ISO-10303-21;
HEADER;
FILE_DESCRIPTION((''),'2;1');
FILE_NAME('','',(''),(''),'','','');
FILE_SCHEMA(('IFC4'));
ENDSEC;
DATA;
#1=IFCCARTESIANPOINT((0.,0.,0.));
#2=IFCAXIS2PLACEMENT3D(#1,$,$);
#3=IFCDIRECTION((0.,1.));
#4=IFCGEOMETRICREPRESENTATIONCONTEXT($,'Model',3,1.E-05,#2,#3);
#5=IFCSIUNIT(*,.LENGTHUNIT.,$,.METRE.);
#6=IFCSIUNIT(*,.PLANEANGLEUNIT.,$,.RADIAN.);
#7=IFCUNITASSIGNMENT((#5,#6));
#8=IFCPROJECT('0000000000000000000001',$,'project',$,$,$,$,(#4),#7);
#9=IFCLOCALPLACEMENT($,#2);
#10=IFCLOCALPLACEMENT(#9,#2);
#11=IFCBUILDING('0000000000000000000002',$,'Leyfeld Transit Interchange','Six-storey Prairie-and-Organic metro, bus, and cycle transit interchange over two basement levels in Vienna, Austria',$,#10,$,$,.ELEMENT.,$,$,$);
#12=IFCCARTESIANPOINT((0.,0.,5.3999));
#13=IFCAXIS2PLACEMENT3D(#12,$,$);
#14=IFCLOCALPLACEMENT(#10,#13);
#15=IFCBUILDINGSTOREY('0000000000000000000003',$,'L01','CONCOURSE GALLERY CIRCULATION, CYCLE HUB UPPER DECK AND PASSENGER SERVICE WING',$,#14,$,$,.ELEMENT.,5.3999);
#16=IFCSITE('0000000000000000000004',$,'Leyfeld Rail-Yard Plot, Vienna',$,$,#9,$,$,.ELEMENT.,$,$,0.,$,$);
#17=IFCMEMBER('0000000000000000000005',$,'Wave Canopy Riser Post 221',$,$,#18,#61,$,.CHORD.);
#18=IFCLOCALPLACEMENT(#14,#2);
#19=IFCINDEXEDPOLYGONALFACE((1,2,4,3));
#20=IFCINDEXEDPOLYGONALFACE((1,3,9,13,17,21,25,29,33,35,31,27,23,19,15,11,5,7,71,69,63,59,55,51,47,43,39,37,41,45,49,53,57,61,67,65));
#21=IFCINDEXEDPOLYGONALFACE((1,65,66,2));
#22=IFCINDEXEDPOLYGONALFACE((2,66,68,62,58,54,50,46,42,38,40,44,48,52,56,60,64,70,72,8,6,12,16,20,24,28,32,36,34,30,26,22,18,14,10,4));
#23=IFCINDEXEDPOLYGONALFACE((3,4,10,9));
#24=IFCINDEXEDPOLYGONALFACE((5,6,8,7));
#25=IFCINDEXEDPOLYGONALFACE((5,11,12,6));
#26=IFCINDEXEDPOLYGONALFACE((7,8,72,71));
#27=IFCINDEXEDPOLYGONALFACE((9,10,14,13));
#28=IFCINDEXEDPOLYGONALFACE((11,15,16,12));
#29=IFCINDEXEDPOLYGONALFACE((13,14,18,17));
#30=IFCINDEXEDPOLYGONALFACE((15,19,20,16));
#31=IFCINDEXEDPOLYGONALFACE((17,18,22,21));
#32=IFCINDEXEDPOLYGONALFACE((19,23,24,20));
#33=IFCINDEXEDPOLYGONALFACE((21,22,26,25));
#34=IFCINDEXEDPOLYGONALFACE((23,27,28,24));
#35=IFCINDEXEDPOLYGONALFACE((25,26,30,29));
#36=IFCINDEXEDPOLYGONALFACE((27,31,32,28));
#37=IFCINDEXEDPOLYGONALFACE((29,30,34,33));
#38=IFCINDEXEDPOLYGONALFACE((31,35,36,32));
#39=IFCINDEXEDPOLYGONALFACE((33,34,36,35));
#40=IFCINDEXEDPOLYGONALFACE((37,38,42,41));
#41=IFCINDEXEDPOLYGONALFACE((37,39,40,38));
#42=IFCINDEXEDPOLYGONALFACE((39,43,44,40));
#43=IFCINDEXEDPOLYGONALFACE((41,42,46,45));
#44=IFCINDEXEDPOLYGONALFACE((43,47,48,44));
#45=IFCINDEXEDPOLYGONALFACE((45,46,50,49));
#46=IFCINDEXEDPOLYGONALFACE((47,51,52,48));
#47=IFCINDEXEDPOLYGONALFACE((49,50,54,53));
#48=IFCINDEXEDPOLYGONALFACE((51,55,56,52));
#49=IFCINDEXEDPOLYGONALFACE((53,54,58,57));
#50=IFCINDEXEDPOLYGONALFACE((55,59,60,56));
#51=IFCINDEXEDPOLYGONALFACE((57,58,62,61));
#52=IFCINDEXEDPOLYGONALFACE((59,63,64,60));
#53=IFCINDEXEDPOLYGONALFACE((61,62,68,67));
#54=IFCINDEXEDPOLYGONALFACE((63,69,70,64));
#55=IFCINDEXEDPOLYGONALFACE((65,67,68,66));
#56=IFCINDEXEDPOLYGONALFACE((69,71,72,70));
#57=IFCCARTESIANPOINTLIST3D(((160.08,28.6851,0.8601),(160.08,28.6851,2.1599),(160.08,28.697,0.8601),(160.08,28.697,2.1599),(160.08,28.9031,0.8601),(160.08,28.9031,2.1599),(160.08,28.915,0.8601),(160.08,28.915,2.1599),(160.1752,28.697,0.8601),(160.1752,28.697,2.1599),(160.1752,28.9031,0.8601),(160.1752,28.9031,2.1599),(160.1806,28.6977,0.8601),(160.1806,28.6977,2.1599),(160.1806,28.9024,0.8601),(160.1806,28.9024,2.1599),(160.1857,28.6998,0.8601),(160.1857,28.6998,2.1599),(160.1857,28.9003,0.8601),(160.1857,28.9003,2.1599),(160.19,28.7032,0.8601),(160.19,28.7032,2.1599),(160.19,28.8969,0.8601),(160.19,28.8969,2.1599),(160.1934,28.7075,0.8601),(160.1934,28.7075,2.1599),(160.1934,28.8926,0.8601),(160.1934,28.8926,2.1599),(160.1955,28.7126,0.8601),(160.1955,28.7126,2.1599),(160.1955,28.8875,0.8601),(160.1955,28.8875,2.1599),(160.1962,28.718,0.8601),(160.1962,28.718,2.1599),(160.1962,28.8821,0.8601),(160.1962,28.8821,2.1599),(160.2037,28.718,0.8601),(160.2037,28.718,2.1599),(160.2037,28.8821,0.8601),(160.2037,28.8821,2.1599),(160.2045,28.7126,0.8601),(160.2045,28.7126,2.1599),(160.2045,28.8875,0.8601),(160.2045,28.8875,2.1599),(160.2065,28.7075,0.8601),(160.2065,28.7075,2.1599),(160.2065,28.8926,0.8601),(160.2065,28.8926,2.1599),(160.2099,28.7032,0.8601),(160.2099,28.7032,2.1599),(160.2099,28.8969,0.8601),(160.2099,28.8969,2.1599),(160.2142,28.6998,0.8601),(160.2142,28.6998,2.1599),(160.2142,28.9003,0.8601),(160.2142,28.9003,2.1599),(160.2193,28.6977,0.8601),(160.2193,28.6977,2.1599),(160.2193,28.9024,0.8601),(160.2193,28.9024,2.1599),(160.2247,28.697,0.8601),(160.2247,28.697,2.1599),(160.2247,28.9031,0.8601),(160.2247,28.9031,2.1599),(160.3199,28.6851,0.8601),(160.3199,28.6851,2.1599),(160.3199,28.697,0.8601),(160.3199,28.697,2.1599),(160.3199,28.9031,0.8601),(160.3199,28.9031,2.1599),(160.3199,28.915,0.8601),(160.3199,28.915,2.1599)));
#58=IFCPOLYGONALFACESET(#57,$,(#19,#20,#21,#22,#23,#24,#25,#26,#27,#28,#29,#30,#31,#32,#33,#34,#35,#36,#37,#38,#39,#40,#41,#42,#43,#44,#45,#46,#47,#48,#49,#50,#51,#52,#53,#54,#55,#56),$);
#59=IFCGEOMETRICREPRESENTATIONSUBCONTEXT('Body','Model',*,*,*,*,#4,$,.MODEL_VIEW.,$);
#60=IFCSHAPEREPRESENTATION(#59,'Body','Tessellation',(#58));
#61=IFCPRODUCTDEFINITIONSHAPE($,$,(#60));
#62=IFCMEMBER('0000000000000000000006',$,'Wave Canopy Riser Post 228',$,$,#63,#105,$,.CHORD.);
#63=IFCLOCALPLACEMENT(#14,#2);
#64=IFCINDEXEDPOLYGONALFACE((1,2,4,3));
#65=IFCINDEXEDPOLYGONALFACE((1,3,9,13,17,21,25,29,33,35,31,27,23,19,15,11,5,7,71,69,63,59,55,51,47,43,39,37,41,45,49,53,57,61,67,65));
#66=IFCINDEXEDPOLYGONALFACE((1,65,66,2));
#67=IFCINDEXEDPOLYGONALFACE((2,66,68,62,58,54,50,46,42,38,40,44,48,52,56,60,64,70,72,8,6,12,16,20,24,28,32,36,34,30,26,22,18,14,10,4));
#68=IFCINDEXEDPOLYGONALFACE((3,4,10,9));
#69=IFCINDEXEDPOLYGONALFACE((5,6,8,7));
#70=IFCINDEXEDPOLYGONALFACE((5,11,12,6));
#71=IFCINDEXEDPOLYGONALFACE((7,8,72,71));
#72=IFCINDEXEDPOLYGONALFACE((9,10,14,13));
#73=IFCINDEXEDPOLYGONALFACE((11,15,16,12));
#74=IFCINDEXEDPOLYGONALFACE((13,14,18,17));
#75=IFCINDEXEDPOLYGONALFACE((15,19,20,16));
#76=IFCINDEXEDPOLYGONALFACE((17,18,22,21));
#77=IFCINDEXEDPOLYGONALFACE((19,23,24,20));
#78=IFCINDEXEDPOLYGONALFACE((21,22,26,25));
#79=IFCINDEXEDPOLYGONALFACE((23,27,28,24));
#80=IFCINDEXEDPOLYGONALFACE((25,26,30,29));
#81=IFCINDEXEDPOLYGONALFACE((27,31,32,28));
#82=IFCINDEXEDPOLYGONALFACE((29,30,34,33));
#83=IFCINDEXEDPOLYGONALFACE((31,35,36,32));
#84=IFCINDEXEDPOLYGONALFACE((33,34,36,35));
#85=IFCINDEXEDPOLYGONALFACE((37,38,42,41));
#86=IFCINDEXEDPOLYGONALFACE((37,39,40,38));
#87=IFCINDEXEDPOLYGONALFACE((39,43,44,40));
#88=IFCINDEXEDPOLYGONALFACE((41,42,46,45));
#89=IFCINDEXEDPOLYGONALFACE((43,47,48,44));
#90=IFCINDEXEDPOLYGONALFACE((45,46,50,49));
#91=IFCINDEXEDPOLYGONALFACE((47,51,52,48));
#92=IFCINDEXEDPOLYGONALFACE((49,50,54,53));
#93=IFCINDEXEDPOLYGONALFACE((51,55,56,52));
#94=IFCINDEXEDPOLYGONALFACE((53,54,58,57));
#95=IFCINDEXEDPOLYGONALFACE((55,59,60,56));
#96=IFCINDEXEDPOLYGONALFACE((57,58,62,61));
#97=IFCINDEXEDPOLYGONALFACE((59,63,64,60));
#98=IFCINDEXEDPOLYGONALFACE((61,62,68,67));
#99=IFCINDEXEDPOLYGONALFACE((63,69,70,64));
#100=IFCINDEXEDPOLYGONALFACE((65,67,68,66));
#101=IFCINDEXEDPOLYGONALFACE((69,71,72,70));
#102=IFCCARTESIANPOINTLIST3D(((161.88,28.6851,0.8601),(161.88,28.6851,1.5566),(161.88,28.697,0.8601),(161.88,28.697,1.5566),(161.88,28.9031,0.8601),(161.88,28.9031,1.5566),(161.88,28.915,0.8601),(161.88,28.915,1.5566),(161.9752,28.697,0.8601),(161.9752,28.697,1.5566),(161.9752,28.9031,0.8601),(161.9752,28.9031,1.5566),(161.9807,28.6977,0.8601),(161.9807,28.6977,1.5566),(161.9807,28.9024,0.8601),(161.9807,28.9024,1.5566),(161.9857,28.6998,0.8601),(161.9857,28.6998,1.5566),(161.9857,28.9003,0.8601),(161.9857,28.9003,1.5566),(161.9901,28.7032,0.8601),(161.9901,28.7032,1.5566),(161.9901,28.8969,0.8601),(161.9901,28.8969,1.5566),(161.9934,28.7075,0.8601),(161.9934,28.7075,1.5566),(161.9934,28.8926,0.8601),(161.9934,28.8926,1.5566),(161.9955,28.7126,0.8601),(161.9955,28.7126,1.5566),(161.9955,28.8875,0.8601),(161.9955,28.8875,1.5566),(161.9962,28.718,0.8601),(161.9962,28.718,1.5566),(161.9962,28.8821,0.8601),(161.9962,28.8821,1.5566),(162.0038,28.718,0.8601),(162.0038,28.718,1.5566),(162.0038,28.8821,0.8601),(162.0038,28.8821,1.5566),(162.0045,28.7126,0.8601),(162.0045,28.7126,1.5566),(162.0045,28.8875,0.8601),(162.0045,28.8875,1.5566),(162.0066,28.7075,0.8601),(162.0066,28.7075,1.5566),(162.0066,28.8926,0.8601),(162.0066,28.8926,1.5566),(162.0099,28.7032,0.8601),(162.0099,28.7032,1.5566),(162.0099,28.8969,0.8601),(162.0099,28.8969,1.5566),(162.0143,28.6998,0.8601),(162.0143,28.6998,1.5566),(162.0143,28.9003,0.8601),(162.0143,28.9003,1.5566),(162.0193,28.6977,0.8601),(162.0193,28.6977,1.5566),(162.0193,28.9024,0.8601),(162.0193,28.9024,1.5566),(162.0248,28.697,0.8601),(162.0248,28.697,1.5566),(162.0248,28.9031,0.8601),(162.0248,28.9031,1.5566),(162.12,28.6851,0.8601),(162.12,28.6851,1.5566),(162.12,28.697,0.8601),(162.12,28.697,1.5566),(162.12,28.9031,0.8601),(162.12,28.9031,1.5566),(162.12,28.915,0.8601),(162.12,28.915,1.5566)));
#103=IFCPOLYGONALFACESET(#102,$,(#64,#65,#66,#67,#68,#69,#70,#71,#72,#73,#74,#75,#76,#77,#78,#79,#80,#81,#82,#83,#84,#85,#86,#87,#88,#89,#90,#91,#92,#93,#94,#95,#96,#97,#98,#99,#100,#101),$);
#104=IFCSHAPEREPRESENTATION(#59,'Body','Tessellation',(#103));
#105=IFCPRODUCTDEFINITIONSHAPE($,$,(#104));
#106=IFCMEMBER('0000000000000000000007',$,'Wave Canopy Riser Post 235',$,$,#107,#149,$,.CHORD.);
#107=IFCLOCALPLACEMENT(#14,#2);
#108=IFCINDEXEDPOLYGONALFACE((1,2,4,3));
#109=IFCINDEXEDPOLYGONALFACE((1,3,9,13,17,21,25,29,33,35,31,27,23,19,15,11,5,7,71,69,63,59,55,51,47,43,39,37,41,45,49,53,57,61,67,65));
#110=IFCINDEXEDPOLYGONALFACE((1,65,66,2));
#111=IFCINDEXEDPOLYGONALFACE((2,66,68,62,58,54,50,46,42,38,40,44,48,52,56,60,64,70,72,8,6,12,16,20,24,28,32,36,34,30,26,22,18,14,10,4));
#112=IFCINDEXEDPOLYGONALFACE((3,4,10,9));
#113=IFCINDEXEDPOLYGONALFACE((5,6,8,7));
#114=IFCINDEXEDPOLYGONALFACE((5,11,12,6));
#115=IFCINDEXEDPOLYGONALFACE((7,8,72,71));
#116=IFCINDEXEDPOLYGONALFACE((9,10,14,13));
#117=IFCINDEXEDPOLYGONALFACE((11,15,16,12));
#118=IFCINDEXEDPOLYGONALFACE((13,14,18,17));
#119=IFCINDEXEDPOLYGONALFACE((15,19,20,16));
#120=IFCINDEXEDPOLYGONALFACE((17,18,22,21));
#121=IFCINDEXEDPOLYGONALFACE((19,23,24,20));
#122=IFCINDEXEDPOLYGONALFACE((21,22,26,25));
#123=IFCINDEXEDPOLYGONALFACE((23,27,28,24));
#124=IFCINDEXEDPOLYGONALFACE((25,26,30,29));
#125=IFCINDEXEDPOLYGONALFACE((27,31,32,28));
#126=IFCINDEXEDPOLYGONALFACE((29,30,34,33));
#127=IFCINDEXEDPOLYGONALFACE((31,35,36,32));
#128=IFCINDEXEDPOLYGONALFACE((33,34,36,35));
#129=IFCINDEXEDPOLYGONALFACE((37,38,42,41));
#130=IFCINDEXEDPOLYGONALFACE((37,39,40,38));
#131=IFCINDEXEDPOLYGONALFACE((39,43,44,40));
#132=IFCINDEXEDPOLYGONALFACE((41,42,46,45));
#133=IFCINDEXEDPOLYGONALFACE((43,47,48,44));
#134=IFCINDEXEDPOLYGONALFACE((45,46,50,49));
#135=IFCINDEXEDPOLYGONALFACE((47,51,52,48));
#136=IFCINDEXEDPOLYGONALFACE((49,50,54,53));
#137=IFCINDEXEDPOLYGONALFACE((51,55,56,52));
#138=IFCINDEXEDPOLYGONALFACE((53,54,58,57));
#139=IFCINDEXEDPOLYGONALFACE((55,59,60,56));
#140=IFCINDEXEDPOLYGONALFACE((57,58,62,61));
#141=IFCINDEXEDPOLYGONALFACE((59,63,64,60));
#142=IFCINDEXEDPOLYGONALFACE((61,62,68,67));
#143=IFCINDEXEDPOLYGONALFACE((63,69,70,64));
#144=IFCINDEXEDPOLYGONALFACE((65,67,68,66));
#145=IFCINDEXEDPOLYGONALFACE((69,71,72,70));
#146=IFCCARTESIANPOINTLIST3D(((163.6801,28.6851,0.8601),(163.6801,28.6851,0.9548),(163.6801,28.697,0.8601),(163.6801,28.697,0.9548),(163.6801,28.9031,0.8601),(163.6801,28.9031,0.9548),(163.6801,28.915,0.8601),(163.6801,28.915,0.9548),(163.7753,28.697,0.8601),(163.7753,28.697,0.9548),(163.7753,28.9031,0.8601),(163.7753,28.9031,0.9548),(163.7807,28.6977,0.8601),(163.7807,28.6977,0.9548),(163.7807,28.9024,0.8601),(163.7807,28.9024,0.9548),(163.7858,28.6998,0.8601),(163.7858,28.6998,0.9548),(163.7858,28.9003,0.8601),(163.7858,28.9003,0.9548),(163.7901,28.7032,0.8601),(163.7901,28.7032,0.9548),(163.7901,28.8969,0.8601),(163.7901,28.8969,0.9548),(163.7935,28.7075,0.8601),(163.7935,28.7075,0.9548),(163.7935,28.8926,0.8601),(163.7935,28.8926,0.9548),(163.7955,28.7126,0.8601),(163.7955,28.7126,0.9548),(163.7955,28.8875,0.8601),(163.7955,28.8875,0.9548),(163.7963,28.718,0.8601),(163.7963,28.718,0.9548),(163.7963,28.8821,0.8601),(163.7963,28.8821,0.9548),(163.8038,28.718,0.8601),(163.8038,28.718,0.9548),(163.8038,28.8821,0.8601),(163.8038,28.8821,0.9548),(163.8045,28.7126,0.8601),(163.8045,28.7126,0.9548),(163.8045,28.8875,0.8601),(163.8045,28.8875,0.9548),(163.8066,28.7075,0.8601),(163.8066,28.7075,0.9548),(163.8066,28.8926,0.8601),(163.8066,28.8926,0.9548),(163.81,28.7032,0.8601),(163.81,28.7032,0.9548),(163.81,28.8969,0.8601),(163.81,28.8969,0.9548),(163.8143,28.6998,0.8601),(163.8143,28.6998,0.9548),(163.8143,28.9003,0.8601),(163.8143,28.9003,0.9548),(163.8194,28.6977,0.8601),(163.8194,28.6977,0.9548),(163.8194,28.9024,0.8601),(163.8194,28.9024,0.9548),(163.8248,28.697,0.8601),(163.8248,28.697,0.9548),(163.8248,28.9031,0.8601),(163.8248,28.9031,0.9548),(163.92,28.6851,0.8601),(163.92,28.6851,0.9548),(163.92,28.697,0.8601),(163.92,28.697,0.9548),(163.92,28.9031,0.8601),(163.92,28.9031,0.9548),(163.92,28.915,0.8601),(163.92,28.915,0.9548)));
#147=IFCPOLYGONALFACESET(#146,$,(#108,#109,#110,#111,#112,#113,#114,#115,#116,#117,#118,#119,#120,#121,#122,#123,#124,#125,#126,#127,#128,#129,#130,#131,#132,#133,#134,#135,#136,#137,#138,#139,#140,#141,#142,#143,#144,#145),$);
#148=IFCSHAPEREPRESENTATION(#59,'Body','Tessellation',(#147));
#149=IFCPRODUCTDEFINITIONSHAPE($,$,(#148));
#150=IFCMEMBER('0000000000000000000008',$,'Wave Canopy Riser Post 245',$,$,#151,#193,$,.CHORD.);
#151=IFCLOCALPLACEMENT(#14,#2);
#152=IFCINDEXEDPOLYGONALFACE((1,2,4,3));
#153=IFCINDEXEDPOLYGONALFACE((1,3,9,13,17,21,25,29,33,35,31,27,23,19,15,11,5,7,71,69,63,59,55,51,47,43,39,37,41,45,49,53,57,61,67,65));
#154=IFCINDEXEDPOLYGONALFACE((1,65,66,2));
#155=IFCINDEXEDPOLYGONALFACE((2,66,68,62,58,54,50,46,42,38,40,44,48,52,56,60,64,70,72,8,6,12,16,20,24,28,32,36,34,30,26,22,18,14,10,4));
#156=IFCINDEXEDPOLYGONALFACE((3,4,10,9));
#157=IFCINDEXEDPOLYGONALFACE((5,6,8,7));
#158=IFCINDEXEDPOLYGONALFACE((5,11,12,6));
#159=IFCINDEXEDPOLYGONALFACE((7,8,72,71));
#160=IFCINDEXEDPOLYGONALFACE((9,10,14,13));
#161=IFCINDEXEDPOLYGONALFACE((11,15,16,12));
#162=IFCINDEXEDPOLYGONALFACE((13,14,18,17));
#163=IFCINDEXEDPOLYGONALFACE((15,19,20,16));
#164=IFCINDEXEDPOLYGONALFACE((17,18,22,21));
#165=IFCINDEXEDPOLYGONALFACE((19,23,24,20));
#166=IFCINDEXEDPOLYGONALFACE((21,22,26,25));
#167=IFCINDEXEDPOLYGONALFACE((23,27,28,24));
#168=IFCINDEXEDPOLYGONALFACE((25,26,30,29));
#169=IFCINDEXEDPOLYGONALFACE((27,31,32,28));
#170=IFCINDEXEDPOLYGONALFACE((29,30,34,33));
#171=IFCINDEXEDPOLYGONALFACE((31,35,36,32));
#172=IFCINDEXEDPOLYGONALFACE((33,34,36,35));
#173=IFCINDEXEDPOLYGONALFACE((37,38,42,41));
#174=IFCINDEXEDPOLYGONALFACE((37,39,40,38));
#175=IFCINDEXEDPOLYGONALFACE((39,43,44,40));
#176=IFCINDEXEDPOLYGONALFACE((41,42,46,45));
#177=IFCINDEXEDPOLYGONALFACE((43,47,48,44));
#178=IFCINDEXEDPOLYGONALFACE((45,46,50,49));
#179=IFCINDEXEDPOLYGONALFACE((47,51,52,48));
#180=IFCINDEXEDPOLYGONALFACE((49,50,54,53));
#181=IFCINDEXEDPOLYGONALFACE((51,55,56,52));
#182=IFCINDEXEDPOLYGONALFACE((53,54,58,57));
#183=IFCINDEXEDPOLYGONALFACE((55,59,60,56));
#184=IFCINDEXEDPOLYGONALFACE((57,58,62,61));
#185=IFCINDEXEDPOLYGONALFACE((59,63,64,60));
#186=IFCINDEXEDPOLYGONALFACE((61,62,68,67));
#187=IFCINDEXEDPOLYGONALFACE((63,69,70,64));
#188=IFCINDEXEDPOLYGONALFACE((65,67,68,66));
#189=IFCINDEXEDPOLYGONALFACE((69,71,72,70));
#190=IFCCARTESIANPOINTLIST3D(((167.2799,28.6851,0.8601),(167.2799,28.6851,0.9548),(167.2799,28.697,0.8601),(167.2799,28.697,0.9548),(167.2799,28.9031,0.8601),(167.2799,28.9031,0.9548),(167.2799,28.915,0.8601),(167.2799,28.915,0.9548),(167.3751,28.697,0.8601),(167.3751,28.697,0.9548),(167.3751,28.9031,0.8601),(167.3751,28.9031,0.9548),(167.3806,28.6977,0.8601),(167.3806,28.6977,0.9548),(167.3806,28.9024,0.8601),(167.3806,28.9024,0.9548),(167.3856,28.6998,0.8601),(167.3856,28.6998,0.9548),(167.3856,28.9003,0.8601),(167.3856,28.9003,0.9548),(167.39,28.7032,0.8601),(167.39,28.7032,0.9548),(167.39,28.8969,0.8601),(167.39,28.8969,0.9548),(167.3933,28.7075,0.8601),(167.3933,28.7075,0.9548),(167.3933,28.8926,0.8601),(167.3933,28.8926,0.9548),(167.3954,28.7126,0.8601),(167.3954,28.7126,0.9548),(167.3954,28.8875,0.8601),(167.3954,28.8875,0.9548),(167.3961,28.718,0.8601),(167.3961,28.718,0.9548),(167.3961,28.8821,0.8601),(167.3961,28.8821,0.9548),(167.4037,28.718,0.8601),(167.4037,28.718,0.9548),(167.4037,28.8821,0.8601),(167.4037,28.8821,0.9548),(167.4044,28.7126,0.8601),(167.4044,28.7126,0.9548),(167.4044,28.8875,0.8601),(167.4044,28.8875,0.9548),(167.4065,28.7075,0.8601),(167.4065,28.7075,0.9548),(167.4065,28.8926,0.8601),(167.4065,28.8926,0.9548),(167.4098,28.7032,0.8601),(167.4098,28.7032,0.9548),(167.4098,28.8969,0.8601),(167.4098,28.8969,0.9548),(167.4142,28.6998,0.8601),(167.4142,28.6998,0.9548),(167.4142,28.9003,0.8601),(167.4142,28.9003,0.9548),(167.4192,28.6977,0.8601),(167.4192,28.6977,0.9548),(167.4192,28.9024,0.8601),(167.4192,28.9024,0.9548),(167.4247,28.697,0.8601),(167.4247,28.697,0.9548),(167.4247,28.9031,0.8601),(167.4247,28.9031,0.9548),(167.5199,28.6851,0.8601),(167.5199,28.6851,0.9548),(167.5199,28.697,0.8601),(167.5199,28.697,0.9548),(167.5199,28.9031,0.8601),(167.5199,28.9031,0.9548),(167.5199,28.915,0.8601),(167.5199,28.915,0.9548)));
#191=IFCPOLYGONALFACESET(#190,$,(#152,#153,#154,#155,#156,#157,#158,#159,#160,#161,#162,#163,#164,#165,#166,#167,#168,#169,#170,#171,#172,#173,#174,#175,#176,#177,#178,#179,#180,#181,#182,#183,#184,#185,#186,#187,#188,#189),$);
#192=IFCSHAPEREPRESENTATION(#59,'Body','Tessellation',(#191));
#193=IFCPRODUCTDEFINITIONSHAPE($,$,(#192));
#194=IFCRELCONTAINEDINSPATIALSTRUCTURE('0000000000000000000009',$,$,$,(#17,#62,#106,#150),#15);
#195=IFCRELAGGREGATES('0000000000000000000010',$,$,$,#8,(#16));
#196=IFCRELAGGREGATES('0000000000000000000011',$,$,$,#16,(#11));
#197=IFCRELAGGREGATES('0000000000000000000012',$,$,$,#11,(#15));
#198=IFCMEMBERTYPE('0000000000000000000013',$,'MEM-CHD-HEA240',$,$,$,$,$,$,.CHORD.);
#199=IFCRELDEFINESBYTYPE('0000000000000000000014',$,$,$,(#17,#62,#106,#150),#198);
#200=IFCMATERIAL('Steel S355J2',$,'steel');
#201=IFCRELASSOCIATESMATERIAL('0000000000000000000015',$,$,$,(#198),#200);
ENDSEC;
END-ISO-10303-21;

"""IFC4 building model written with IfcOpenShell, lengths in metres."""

from ifc_helpers import new_model, si_unit, direction, frame, origin, origin_2d, place, context, subcontext, project, spatial, i_section, extrude, material, material_profile, profile_set, type_object, element, save


model = new_model("IFC4")

# Units and contexts
model_context = context("Model", 3, precision=1e-05, world=origin(), true_north=direction((0.0, 1.0)))
body_context = subcontext(model_context, "Body", "Model", "MODEL_VIEW")
ifc_project = project(units=[si_unit("LENGTHUNIT", "METRE"), si_unit("PLANEANGLEUNIT", "RADIAN")], contexts=[model_context])

# Site, building, storey
site_placement = place(None, origin())
site = spatial("IfcSite", under=ifc_project, at=site_placement, Name="Leyfeld Rail-Yard Plot, Vienna", CompositionType="ELEMENT", RefElevation=0.0)
building_placement = place(site_placement, origin())
building = spatial("IfcBuilding", under=site, at=building_placement, Name="Leyfeld Transit Interchange", Description="Six-storey Prairie-and-Organic metro, bus, and cycle transit interchange over two basement levels in Vienna, Austria", CompositionType="ELEMENT")
storey_placement = place(building_placement, frame((0.0, 0.0, 5.3999)))
storey = spatial("IfcBuildingStorey", under=building, at=storey_placement, Name="L01", Description="CONCOURSE GALLERY CIRCULATION, CYCLE HUB UPPER DECK AND PASSENGER SERVICE WING", CompositionType="ELEMENT", Elevation=5.3999)

# Members
ifc_material_1 = material(Name="Steel S355J2", Category="steel")
ifc_material_profile_1 = material_profile(ifc_material_1, i_section(OverallWidth=0.24, OverallDepth=0.23, WebThickness=0.0076, FlangeThickness=0.012, FilletRadius=0.021, at=origin_2d()), Name="HEA 240")
ifc_profile_set_1 = profile_set([ifc_material_profile_1], Name="Steel S355J2")
member_type_1 = type_object("IfcMemberType", Name="MEM-CHD-HEA240", PredefinedType="CHORD", material=ifc_profile_set_1)
member_1_placement = place(storey_placement, frame((160.2, 28.8, 0.8601), z_axis=(0.0, 0.0, 1.0), x_axis=(1.0, 0.0, 0.0)))
element("IfcMember", 1, at=member_1_placement, inside=storey, type_object=member_type_1, Name="Wave Canopy Riser Post 221", PredefinedType="CHORD", context=body_context, shape_type="SweptSolid", body=[
    extrude(i_section(OverallWidth=0.24, OverallDepth=0.23, WebThickness=0.0076, FlangeThickness=0.012, FilletRadius=0.021, at=origin_2d()), origin(), (0.0, 0.0, 1.0), 1.2998),
])
member_2_placement = place(storey_placement, frame((162.0, 28.8, 0.8601), z_axis=(0.0, 0.0, 1.0), x_axis=(1.0, 0.0, 0.0)))
element("IfcMember", 2, at=member_2_placement, inside=storey, type_object=member_type_1, Name="Wave Canopy Riser Post 228", PredefinedType="CHORD", context=body_context, shape_type="SweptSolid", body=[
    extrude(i_section(OverallWidth=0.24, OverallDepth=0.23, WebThickness=0.0076, FlangeThickness=0.012, FilletRadius=0.021, at=origin_2d()), origin(), (0.0, 0.0, 1.0), 0.6965),
])
for number, where, z_axis, x_axis, name in (
    (3, (163.8, 28.8, 0.8601), (0.0, 0.0, 1.0), (1.0, 0.0, 0.0), "Wave Canopy Riser Post 235"),
    (4, (167.3999, 28.8, 0.8601), (0.0, 0.0, 1.0), (1.0, 0.0, 0.0), "Wave Canopy Riser Post 245"),
):
    element("IfcMember", number, at=place(storey_placement, frame(where, z_axis=z_axis, x_axis=x_axis)), inside=storey, type_object=member_type_1, Name=name, PredefinedType="CHORD", context=body_context, shape_type="SweptSolid", body=[
        extrude(i_section(OverallWidth=0.24, OverallDepth=0.23, WebThickness=0.0076, FlangeThickness=0.012, FilletRadius=0.021, at=origin_2d()), origin(), (0.0, 0.0, 1.0), 0.0947),
    ])

save(model, "model.ifc")
